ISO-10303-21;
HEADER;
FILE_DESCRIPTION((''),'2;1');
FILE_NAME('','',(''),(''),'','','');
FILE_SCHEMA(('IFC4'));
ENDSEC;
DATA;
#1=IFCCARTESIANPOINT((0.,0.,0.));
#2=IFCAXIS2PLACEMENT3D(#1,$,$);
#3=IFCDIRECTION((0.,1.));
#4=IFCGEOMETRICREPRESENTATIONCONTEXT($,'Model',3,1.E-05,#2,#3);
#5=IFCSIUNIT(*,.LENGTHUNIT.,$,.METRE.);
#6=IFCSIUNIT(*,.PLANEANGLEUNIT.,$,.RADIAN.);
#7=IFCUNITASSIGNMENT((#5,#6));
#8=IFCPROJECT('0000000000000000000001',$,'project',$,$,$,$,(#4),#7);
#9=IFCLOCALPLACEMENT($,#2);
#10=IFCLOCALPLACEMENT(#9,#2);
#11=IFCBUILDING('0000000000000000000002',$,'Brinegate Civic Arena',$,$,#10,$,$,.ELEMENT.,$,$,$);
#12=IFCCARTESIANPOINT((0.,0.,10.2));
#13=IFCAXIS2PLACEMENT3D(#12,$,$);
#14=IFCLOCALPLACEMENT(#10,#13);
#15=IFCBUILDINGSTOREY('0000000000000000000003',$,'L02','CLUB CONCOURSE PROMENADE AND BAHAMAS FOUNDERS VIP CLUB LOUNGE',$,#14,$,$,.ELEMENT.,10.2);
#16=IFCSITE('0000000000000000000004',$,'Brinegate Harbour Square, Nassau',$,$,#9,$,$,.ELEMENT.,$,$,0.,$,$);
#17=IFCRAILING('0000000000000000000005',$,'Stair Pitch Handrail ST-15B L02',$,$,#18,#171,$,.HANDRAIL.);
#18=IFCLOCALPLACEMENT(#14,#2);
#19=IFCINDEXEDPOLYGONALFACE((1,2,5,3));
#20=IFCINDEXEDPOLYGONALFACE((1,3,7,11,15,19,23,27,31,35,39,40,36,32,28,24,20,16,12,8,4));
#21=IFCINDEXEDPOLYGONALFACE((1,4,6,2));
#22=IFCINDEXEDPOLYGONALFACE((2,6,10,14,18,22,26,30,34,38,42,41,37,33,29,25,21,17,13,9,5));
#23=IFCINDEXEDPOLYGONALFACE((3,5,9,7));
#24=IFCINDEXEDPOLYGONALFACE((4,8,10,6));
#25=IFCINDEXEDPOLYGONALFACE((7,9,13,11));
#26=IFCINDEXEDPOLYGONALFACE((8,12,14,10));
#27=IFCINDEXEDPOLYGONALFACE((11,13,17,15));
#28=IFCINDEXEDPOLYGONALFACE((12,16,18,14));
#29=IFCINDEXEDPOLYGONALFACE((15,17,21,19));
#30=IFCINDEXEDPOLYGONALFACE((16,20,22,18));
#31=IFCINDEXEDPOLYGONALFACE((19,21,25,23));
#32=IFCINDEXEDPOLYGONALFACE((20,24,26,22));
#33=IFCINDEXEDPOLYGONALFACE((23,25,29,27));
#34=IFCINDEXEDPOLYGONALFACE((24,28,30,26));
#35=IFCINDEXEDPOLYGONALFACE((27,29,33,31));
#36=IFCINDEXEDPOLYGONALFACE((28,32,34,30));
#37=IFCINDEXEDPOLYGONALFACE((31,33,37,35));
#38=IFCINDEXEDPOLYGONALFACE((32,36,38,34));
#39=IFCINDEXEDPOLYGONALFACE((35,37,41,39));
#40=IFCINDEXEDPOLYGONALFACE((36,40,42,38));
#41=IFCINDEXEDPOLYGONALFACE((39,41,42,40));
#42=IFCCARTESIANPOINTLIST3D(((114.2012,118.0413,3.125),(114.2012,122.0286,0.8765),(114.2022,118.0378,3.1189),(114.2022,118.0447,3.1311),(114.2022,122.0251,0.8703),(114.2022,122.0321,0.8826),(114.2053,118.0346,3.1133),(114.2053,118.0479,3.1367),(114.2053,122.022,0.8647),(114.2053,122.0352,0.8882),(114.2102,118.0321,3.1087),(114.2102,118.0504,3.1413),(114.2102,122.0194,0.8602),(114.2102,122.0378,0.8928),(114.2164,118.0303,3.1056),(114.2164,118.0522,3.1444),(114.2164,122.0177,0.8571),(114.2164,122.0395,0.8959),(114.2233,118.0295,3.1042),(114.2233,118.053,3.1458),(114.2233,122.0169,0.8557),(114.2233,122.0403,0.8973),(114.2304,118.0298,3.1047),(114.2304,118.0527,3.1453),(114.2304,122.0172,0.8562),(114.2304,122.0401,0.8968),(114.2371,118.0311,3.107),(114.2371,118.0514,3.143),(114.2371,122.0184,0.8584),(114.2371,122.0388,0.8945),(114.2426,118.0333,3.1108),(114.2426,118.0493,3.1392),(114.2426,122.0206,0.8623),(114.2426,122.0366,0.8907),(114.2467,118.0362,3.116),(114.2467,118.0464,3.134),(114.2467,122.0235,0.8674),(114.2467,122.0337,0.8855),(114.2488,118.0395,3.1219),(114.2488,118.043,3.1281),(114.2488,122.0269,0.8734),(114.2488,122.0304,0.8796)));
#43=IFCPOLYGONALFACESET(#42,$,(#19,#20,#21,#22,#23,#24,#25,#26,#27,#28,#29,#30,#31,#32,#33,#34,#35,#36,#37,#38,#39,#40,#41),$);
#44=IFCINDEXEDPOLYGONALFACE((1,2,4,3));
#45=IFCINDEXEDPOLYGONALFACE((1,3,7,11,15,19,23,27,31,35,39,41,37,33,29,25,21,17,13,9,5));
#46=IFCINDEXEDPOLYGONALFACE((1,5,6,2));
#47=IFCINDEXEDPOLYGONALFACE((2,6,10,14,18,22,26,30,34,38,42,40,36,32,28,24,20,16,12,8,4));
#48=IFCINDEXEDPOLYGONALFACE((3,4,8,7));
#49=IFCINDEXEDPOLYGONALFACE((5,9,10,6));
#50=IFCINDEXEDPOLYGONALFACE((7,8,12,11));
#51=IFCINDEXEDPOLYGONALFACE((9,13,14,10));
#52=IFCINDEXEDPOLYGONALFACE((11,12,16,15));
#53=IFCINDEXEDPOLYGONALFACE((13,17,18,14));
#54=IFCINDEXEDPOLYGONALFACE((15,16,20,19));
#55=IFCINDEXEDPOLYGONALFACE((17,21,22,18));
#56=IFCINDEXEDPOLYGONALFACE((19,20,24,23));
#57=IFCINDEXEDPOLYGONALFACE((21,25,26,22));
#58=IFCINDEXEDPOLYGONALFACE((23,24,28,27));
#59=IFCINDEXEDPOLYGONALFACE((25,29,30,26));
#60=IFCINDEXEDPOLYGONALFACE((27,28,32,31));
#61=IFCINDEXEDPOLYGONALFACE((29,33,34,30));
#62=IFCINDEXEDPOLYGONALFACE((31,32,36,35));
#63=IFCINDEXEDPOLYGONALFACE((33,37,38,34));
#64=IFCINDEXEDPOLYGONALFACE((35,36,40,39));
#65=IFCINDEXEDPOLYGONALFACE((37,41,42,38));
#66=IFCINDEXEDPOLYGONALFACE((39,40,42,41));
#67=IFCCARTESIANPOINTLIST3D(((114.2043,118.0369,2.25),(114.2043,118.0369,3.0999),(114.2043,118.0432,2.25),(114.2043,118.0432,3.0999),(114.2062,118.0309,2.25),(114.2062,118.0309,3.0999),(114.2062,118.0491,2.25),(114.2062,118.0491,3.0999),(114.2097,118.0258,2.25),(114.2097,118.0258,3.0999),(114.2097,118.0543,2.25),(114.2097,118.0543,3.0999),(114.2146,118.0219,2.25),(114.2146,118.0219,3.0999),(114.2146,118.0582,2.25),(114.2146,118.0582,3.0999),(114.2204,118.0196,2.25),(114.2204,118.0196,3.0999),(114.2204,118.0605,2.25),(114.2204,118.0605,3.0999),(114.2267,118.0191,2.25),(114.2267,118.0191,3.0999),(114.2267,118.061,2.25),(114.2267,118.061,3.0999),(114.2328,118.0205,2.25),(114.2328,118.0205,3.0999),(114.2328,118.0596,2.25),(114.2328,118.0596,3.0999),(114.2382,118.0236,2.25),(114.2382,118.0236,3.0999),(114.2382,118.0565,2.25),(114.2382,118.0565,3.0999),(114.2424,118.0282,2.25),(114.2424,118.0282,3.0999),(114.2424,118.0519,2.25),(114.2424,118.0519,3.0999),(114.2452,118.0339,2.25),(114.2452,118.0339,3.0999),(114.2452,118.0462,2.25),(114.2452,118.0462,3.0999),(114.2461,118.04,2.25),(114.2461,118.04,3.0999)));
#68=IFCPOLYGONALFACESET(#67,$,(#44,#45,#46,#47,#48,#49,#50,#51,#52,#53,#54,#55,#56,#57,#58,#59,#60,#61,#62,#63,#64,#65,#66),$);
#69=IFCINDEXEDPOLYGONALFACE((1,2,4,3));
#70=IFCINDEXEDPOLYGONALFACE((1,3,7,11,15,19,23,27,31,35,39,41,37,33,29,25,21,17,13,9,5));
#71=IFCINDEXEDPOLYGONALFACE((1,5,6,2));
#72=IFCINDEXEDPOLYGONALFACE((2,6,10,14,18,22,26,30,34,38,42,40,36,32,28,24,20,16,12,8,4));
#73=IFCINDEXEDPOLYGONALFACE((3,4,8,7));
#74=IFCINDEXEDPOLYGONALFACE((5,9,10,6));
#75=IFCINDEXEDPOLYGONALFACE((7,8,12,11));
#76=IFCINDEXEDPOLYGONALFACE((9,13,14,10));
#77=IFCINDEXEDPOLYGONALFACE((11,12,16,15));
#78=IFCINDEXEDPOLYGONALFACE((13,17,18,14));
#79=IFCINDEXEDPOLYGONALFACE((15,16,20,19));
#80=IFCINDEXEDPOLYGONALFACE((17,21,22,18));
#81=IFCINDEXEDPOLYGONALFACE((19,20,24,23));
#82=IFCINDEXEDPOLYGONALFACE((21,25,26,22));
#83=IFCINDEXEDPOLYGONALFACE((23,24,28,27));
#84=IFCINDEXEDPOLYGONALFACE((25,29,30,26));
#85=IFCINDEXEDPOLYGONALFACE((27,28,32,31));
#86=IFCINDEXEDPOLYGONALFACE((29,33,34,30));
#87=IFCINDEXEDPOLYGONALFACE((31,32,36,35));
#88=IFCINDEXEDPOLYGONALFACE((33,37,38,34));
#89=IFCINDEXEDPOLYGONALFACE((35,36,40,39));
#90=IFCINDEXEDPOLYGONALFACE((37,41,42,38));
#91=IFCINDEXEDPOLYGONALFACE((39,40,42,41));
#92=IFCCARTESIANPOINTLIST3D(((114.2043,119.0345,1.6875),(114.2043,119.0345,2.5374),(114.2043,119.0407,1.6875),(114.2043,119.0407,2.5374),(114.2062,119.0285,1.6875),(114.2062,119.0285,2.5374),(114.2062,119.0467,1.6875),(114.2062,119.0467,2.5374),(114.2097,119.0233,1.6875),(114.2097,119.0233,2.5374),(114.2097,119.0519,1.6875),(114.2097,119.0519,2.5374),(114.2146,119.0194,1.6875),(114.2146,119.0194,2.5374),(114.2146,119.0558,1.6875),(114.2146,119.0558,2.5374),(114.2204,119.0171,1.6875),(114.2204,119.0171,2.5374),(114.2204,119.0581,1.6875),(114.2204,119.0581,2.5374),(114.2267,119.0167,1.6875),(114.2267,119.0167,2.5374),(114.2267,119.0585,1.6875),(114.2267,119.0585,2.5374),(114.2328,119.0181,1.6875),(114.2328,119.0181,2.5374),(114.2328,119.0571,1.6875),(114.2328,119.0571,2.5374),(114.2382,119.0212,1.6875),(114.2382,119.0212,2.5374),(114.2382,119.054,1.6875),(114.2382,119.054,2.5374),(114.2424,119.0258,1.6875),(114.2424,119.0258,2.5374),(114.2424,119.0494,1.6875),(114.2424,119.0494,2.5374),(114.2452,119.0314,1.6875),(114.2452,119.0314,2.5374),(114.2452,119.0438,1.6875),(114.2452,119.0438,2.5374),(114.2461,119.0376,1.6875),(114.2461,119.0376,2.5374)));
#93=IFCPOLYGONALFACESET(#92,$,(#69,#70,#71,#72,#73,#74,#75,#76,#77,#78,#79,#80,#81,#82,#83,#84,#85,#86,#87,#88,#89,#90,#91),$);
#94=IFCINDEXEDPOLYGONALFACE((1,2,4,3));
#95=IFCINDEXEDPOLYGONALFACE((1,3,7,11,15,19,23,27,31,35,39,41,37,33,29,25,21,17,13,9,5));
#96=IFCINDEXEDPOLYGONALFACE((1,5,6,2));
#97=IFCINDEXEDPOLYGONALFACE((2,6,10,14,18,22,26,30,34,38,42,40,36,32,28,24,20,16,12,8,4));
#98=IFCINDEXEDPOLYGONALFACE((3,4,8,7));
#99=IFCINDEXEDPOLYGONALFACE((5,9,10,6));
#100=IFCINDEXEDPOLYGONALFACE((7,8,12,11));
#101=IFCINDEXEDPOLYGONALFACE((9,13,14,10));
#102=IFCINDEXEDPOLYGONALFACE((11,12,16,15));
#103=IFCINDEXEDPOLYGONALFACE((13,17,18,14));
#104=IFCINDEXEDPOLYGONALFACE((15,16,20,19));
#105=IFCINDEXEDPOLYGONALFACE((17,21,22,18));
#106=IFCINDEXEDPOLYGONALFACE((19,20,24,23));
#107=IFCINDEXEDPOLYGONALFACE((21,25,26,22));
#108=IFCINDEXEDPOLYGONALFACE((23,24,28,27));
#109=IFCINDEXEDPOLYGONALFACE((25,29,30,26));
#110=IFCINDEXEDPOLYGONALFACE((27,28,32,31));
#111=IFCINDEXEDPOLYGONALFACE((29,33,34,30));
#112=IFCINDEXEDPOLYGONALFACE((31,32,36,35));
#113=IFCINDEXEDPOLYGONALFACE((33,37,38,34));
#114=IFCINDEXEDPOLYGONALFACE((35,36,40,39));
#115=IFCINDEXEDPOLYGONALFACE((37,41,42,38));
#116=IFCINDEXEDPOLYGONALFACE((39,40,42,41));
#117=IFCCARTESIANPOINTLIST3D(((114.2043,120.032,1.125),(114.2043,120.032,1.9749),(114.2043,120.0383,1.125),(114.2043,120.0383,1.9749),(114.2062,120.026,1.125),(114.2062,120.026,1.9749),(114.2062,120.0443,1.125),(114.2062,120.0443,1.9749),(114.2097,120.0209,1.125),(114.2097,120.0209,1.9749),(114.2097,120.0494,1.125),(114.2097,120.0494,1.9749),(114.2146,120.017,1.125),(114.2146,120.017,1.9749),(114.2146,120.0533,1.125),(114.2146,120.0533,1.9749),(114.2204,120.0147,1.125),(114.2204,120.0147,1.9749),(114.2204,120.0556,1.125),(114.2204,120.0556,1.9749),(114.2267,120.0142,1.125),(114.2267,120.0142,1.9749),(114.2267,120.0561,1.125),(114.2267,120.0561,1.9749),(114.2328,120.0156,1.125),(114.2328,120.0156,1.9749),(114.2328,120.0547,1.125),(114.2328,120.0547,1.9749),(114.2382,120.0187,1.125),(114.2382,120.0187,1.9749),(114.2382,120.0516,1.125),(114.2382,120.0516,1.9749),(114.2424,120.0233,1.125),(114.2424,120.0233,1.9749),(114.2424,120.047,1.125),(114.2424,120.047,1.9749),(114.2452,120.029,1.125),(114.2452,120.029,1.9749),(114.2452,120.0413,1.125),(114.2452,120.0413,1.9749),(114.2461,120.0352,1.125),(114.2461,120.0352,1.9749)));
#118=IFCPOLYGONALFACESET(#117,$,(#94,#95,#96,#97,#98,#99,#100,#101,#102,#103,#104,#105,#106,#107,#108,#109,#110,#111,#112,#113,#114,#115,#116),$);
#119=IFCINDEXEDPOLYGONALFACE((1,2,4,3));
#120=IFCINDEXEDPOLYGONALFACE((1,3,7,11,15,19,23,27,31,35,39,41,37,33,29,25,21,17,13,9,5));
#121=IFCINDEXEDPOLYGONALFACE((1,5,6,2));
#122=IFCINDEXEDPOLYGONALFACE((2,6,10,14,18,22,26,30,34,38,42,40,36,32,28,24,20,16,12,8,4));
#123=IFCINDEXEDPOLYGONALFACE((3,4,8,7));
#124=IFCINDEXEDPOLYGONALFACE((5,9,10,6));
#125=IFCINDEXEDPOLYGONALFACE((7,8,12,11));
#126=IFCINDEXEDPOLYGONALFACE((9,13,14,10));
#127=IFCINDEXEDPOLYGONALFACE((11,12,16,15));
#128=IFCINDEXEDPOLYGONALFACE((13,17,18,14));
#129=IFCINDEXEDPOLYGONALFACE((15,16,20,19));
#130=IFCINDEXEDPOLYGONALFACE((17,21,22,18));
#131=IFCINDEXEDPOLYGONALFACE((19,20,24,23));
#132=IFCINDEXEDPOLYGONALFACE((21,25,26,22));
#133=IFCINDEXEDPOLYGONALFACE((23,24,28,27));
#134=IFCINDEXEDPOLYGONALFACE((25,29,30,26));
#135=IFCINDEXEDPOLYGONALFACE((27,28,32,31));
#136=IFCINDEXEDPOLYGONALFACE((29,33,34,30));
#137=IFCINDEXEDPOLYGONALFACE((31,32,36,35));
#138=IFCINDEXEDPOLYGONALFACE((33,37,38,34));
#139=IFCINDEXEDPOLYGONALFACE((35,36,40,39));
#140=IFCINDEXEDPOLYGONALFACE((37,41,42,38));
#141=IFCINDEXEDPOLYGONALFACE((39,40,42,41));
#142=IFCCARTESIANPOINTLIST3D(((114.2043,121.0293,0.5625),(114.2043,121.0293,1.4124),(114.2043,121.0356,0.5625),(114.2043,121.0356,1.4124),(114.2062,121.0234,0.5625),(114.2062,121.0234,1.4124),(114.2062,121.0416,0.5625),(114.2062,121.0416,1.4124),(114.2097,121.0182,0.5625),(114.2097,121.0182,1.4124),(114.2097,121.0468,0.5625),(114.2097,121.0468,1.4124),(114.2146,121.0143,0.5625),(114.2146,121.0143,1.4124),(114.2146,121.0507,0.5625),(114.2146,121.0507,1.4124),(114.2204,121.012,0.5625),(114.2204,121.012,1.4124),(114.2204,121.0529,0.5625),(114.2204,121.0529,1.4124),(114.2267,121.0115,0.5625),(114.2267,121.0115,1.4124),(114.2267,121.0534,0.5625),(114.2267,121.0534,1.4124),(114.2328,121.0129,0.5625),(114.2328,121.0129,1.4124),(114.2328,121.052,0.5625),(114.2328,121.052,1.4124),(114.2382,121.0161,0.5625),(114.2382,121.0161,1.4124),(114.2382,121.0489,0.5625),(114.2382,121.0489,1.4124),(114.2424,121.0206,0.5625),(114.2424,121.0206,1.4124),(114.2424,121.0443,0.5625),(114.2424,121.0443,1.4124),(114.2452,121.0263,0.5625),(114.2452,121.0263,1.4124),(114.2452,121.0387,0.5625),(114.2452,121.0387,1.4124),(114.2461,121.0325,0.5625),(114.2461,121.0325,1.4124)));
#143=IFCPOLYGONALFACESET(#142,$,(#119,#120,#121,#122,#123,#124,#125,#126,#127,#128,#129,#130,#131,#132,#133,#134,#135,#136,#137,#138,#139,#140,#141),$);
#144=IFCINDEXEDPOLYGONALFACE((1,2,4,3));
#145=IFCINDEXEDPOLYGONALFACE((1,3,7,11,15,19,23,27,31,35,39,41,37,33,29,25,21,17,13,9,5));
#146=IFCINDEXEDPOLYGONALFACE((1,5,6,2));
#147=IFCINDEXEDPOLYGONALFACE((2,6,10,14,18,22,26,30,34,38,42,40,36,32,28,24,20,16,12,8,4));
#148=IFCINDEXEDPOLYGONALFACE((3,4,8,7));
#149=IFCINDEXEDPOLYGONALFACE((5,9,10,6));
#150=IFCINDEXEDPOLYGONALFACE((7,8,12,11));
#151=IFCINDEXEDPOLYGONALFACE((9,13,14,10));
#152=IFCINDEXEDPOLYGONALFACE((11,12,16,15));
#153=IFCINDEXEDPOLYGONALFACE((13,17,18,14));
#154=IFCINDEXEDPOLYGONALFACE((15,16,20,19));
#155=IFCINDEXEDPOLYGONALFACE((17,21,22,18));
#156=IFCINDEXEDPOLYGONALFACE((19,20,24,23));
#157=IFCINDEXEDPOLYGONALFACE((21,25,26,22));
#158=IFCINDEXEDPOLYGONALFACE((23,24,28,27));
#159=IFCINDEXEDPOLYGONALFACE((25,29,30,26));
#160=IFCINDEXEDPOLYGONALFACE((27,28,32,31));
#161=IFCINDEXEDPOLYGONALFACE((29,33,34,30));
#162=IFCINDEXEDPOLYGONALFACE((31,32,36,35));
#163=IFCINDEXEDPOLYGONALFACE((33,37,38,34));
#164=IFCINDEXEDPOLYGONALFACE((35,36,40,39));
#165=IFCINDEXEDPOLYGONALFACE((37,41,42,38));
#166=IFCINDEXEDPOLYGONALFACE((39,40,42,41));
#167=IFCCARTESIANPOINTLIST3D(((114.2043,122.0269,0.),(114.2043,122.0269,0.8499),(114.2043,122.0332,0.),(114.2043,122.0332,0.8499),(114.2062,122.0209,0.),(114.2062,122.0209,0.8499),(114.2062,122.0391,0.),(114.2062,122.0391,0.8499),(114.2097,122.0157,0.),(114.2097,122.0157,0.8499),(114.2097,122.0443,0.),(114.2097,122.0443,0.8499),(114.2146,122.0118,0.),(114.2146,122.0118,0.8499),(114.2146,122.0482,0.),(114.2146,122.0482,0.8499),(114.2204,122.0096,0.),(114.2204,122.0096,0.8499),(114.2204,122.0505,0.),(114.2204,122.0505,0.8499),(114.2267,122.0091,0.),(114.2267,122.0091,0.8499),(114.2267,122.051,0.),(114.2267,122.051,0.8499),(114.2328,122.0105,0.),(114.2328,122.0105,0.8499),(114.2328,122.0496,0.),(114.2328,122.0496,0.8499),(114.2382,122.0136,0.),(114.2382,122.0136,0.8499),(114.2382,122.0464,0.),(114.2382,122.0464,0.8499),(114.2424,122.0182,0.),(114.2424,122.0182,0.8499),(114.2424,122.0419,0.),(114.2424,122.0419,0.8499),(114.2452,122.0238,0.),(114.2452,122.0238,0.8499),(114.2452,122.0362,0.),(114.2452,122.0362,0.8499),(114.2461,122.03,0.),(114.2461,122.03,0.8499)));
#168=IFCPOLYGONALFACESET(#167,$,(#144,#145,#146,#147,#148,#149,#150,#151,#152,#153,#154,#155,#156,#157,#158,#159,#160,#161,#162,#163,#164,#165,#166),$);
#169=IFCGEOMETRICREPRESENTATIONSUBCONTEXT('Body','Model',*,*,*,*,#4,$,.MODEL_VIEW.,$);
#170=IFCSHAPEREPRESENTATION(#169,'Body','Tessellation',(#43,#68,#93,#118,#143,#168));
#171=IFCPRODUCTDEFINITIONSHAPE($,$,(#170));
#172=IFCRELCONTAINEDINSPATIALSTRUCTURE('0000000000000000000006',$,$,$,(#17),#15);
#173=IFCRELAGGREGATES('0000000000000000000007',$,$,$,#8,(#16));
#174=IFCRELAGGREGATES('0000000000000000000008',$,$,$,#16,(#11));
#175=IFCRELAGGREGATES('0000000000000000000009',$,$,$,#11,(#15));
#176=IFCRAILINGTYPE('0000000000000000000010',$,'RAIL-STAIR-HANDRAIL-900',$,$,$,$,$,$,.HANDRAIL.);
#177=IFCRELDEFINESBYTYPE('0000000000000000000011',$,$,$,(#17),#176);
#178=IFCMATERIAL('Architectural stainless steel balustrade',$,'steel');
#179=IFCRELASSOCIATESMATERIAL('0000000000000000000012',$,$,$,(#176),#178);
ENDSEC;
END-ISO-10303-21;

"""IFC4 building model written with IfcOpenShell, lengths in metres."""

from ifc_helpers import new_model, si_unit, direction, frame, origin, origin_2d, place, context, subcontext, project, spatial, circle, extrude, material, type_object, element, save


model = new_model("IFC4")

# Units and contexts
model_context = context("Model", 3, precision=1e-05, world=origin(), true_north=direction((0.0, 1.0)))
body_context = subcontext(model_context, "Body", "Model", "MODEL_VIEW")
ifc_project = project(units=[si_unit("LENGTHUNIT", "METRE"), si_unit("PLANEANGLEUNIT", "RADIAN")], contexts=[model_context])

# Site, building, storey
site_placement = place(None, origin())
site = spatial("IfcSite", under=ifc_project, at=site_placement, Name="Brinegate Harbour Square, Nassau", CompositionType="ELEMENT", RefElevation=0.0)
building_placement = place(site_placement, origin())
building = spatial("IfcBuilding", under=site, at=building_placement, Name="Brinegate Civic Arena", CompositionType="ELEMENT")
storey_placement = place(building_placement, frame((0.0, 0.0, 10.2)))
storey = spatial("IfcBuildingStorey", under=building, at=storey_placement, Name="L02", Description="CLUB CONCOURSE PROMENADE AND BAHAMAS FOUNDERS VIP CLUB LOUNGE", CompositionType="ELEMENT", Elevation=10.2)

# Railing
ifc_material_1 = material(Name="Architectural stainless steel balustrade", Category="steel")
railing_type_1 = type_object("IfcRailingType", Name="RAIL-STAIR-HANDRAIL-900", PredefinedType="HANDRAIL", material=ifc_material_1)
for number, where, name in (
    (1, (114.2251, 118.04, 2.25), "Stair Pitch Handrail ST-15B L02"),
):
    element("IfcRailing", number, at=place(storey_placement, frame(where)), inside=storey, type_object=railing_type_1, Name=name, PredefinedType="HANDRAIL", context=body_context, shape_type="SweptSolid", body=[
        extrude(circle(Radius=0.0239, at=origin_2d()), frame((0.0, 0.0012, 0.875), z_axis=(0.0, 0.87105, -0.491195), x_axis=(-1.0, 0.0, 0.0)), (0.0, 0.0, 1.0), 4.5776),
        extrude(circle(Radius=0.021, at=origin_2d()), origin(), (0.0, 0.0, 1.0), 0.8499),
        extrude(circle(Radius=0.021, at=origin_2d()), frame((0.0, 0.9976, -0.5625)), (0.0, 0.0, 1.0), 0.8499),
        extrude(circle(Radius=0.021, at=origin_2d()), frame((0.0, 1.9951, -1.125)), (0.0, 0.0, 1.0), 0.8499),
        extrude(circle(Radius=0.021, at=origin_2d()), frame((0.0, 2.9924, -1.6875)), (0.0, 0.0, 1.0), 0.8499),
        extrude(circle(Radius=0.021, at=origin_2d()), frame((0.0, 3.99, -2.25)), (0.0, 0.0, 1.0), 0.8499),
    ])

save(model, "model.ifc")
